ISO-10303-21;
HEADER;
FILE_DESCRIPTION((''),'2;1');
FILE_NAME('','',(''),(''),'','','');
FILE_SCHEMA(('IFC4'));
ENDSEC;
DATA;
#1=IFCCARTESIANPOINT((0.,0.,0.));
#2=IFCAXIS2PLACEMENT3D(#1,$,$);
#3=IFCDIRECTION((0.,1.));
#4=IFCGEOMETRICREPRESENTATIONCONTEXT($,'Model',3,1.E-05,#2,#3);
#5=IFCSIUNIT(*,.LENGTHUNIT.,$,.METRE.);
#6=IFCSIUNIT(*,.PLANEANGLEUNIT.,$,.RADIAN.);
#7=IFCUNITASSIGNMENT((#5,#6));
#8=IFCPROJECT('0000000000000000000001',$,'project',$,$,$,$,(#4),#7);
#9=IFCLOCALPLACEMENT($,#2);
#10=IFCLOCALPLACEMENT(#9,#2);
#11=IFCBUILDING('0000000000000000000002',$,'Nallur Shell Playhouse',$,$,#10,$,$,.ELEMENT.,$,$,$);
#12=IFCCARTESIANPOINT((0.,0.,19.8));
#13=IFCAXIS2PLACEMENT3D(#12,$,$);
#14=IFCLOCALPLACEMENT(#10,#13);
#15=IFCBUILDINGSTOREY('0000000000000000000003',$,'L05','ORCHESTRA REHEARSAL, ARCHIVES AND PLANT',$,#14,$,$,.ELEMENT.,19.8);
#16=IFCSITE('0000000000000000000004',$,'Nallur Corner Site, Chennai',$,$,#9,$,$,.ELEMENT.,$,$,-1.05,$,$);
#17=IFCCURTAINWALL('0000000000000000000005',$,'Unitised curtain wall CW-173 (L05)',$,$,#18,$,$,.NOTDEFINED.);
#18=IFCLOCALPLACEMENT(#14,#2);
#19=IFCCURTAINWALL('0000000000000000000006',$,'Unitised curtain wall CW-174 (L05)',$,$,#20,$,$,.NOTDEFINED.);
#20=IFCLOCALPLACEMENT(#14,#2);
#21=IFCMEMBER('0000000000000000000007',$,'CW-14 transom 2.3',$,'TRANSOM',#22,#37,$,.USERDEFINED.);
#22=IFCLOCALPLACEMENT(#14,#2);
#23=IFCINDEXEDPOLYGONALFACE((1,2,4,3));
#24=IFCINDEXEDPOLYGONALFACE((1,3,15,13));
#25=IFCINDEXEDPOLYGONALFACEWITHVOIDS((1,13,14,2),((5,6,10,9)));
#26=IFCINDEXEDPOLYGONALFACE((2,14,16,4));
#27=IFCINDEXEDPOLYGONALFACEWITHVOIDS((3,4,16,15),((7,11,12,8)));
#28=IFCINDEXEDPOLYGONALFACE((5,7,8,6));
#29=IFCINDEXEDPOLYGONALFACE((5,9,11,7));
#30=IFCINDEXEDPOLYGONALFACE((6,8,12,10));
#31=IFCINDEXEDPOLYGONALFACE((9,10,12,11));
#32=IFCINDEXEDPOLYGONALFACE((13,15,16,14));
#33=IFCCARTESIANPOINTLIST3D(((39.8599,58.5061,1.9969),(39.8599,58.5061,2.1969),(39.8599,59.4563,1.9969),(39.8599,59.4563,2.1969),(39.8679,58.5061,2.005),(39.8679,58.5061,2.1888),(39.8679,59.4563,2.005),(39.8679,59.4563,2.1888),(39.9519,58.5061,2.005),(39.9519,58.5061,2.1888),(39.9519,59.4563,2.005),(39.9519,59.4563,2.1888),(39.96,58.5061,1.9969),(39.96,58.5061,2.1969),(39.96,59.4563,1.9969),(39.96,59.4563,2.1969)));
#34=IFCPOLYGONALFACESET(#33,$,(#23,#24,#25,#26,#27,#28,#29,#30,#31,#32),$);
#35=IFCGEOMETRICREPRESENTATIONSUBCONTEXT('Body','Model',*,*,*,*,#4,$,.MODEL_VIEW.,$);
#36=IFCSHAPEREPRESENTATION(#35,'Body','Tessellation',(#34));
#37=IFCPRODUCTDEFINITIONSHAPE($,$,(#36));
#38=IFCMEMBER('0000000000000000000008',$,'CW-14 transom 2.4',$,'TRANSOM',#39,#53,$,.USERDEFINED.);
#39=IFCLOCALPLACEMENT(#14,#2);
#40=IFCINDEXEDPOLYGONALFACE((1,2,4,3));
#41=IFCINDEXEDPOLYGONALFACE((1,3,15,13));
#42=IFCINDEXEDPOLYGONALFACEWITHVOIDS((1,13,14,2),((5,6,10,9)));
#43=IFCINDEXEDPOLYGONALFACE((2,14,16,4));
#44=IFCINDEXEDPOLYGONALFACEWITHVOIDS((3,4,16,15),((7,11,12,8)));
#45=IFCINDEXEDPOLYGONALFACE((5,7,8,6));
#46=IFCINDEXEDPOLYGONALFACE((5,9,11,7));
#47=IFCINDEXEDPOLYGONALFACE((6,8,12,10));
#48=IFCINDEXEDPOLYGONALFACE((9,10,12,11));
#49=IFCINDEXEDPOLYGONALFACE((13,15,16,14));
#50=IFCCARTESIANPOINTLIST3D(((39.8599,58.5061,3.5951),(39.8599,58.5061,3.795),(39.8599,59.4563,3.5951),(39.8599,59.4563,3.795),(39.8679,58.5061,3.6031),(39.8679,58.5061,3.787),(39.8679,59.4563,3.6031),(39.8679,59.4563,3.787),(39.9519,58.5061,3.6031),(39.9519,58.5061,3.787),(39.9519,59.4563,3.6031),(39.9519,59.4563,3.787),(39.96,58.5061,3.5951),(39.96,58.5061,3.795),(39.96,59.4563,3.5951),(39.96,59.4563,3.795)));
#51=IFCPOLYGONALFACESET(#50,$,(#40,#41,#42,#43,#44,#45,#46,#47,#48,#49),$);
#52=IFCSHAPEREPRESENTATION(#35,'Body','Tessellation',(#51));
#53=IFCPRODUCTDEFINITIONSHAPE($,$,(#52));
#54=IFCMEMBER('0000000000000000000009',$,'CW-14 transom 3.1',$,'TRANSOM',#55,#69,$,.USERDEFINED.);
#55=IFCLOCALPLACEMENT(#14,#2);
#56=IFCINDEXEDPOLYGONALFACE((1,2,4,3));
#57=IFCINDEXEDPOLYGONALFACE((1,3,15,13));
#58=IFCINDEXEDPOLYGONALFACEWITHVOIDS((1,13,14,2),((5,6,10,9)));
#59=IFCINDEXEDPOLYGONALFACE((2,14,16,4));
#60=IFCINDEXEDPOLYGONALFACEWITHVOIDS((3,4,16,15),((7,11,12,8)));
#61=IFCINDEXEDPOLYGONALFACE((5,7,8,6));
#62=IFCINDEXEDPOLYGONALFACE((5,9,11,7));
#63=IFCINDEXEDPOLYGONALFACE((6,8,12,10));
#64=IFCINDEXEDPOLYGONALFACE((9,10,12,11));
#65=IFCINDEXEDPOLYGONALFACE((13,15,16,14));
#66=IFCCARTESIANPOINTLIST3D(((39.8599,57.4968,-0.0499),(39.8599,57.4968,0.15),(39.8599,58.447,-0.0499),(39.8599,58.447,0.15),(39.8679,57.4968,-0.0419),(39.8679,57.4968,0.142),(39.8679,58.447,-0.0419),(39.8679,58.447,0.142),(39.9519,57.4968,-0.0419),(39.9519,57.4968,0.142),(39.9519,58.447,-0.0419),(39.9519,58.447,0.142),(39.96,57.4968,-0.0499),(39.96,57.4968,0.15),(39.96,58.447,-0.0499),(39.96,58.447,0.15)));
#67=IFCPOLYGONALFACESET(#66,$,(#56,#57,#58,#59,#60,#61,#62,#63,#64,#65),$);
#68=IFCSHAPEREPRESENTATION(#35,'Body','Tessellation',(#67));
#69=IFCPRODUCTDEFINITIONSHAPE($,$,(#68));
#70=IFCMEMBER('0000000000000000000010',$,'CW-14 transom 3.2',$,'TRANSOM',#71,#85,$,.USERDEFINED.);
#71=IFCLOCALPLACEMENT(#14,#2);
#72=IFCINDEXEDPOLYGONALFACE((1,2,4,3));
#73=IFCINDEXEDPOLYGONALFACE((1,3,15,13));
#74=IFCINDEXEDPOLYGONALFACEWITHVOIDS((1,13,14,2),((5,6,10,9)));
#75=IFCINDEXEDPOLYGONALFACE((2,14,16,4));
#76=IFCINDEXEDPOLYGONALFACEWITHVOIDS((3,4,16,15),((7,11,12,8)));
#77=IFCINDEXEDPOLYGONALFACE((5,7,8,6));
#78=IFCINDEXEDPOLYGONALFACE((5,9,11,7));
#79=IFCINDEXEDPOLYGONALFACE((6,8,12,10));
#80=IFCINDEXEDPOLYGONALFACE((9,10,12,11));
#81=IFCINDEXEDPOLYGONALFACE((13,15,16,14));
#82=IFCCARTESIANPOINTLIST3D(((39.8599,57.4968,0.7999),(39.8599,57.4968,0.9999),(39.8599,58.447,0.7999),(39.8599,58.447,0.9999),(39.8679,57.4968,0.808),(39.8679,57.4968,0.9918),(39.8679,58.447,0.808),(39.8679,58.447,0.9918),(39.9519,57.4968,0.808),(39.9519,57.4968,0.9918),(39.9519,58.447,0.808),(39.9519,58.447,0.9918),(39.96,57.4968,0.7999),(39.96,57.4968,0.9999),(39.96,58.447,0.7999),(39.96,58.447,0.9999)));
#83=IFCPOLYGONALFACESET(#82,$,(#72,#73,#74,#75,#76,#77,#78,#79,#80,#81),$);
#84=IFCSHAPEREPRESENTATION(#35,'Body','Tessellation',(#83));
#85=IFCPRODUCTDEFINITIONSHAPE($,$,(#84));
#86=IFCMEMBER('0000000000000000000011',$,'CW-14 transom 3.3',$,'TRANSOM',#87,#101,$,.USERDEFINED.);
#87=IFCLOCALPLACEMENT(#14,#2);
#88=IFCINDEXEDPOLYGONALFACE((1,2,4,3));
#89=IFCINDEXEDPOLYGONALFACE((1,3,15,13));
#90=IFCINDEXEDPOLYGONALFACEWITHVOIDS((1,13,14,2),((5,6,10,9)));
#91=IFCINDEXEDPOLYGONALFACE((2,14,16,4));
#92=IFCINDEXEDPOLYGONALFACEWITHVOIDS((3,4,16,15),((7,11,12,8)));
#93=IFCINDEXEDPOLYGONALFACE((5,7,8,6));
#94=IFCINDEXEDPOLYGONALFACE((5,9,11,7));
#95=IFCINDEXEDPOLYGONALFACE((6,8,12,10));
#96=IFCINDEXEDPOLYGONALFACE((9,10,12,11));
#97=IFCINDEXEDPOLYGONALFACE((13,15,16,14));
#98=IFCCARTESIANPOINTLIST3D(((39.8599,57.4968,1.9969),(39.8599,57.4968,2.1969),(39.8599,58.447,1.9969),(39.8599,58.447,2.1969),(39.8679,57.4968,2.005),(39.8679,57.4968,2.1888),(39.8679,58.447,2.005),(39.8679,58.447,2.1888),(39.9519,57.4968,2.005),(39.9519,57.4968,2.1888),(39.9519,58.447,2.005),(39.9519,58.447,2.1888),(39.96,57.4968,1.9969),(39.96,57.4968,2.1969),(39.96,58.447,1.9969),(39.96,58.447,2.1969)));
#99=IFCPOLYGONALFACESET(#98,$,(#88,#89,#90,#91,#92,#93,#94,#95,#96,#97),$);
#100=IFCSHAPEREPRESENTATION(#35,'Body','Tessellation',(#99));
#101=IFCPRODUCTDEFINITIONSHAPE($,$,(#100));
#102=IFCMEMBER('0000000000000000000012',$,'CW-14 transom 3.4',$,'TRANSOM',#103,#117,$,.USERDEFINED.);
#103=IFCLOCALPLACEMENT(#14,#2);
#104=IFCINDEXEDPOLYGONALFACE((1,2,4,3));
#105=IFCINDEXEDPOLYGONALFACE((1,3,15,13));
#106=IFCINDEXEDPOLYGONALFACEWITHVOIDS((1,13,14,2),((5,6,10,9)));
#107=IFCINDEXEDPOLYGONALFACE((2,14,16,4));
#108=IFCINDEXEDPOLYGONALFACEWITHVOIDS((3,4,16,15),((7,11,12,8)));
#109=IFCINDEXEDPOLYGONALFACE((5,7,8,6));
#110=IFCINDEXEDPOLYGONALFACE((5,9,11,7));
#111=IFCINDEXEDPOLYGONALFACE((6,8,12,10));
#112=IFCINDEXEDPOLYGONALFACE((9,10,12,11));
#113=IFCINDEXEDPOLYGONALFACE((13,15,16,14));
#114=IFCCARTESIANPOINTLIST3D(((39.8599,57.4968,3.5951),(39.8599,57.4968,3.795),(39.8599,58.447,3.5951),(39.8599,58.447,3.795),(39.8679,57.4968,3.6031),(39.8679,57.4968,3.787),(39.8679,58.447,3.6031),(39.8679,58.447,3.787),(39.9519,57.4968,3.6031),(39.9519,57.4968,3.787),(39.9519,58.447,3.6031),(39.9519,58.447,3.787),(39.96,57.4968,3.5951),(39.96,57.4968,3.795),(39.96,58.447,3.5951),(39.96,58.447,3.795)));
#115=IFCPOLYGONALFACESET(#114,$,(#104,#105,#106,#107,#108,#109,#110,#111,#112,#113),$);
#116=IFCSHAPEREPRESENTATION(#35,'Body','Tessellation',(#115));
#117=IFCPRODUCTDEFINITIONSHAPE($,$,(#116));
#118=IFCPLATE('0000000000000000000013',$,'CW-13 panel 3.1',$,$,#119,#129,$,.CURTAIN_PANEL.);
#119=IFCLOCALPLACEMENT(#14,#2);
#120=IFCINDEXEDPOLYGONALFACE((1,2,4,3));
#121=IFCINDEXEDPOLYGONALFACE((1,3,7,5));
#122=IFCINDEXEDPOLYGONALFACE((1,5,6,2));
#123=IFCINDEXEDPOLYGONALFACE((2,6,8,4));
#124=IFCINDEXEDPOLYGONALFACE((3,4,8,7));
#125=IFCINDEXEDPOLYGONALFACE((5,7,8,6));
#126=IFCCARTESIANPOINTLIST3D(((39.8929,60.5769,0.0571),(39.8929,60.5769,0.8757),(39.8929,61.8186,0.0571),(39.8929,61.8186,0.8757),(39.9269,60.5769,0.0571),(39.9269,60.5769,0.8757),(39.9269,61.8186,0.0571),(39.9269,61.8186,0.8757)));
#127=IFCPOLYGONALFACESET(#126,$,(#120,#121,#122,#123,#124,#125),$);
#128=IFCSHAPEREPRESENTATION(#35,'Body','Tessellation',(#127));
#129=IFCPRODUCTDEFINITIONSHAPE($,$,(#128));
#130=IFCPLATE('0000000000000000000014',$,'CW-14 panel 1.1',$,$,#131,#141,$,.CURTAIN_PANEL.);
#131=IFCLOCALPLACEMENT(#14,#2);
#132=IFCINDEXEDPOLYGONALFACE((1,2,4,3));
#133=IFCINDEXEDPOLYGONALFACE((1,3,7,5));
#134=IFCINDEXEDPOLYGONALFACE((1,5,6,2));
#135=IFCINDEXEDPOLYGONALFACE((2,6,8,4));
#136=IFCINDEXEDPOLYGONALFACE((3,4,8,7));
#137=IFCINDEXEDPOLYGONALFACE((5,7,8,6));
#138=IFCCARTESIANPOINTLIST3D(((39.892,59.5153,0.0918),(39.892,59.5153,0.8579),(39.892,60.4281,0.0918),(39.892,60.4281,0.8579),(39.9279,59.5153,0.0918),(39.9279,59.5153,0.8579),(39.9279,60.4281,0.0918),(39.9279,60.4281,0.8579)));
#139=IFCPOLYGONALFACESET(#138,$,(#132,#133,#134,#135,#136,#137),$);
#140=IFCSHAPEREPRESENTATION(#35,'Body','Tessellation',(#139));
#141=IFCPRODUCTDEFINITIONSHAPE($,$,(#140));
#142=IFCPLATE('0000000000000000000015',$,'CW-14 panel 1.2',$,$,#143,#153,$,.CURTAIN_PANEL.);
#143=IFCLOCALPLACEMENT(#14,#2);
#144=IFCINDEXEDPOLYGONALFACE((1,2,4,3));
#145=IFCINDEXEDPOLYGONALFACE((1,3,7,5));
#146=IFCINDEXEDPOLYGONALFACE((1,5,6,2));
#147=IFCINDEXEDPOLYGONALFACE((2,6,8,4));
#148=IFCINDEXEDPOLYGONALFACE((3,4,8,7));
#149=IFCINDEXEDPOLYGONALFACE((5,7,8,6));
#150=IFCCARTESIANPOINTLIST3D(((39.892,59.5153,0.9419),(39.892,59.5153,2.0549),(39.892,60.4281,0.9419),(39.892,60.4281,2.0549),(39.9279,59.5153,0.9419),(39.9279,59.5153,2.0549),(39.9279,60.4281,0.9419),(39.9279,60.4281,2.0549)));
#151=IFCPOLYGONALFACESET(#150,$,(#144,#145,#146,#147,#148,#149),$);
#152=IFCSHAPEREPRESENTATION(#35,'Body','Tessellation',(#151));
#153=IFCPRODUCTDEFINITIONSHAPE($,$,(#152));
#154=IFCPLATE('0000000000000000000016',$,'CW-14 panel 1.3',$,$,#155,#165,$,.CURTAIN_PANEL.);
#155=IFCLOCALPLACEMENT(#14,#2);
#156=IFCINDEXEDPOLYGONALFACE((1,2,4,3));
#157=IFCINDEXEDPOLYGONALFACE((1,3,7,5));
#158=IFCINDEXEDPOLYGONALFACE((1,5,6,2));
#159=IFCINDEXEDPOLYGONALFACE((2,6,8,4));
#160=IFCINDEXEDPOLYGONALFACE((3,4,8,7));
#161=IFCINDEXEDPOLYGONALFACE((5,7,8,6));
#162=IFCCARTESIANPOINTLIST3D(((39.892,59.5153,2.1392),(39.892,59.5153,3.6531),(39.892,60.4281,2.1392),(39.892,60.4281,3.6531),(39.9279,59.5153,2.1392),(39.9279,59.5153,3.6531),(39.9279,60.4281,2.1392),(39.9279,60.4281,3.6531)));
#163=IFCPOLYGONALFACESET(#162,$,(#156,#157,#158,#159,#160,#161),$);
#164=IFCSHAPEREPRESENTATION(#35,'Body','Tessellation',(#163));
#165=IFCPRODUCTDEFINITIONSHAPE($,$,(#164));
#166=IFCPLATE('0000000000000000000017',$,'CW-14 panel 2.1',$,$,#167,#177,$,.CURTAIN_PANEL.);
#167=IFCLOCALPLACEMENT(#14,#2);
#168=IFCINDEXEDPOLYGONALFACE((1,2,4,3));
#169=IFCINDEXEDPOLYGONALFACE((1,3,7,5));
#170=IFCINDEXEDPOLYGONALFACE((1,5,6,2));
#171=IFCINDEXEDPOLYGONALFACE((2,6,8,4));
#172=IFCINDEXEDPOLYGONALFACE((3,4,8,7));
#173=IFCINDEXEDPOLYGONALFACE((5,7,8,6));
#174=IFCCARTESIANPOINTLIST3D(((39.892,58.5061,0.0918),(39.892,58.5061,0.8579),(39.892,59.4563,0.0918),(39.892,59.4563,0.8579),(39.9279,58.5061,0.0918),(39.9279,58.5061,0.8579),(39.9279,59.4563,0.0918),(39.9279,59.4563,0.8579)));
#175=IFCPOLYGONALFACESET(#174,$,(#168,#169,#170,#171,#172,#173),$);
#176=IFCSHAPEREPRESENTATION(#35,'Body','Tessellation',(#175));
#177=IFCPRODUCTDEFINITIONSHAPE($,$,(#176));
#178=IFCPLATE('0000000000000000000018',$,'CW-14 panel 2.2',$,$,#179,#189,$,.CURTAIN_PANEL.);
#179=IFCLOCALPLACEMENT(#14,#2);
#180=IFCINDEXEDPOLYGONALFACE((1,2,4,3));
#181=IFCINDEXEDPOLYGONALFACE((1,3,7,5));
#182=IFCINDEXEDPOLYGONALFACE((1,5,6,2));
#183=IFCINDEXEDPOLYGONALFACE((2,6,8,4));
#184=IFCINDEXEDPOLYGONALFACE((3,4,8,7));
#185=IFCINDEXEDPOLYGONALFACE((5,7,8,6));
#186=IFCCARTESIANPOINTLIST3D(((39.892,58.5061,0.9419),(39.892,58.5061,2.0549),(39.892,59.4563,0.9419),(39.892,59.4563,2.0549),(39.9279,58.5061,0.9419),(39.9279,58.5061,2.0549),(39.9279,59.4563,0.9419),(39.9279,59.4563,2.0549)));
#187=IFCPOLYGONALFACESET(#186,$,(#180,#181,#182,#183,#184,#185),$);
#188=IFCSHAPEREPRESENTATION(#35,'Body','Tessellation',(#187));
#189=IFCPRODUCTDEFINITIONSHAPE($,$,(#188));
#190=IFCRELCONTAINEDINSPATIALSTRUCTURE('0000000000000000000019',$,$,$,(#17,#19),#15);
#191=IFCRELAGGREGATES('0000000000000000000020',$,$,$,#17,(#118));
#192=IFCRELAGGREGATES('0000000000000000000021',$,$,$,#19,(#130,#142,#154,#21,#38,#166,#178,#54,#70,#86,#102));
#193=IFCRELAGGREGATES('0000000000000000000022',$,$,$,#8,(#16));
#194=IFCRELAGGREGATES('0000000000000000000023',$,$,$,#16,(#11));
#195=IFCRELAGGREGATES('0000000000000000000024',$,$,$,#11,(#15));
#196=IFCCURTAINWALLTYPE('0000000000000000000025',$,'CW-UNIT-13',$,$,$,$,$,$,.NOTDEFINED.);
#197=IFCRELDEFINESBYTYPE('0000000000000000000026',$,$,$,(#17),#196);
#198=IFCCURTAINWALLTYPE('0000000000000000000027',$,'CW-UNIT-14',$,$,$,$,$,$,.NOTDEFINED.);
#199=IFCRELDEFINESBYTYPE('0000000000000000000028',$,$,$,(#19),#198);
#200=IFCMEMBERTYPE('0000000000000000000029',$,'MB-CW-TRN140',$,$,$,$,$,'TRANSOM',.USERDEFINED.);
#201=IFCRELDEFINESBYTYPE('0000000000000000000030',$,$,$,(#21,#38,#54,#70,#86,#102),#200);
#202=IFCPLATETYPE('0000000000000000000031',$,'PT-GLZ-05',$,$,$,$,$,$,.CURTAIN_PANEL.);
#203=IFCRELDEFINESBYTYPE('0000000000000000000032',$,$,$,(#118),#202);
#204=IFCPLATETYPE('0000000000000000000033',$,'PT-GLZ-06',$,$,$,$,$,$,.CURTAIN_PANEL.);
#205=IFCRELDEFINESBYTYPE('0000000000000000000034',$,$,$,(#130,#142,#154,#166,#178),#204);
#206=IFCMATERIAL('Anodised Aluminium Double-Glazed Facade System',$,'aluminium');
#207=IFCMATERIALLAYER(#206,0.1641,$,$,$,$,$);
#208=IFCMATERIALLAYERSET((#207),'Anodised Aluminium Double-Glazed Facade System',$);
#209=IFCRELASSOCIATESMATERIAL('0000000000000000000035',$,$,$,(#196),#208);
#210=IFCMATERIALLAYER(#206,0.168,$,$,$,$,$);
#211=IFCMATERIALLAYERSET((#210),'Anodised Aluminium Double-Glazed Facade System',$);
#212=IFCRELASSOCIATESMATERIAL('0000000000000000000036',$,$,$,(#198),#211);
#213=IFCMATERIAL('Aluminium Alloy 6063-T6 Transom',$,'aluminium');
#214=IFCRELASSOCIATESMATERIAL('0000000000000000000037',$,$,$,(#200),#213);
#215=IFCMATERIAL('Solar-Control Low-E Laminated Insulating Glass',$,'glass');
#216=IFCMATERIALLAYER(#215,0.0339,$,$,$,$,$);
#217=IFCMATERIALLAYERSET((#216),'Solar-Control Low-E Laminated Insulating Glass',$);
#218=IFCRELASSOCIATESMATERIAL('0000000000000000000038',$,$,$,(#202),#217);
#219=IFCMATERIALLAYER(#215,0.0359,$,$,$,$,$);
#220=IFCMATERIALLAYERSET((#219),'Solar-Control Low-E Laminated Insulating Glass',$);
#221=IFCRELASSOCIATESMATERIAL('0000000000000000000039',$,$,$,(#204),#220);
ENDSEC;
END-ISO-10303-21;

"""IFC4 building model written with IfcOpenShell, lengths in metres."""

from ifc_helpers import new_model, si_unit, direction, frame, origin, origin_2d, place, context, subcontext, project, spatial, rectangle, hollow_rectangle, extrude, material, layer, layer_set, material_profile, profile_set, type_object, element, aggregate, save


model = new_model("IFC4")

# Units and contexts
model_context = context("Model", 3, precision=1e-05, world=origin(), true_north=direction((0.0, 1.0)))
body_context = subcontext(model_context, "Body", "Model", "MODEL_VIEW")
ifc_project = project(units=[si_unit("LENGTHUNIT", "METRE"), si_unit("PLANEANGLEUNIT", "RADIAN")], contexts=[model_context])

# Site, building, storey
site_placement = place(None, origin())
site = spatial("IfcSite", under=ifc_project, at=site_placement, Name="Nallur Corner Site, Chennai", CompositionType="ELEMENT", RefElevation=-1.05)
building_placement = place(site_placement, origin())
building = spatial("IfcBuilding", under=site, at=building_placement, Name="Nallur Shell Playhouse", CompositionType="ELEMENT")
storey_placement = place(building_placement, frame((0.0, 0.0, 19.8)))
storey = spatial("IfcBuildingStorey", under=building, at=storey_placement, Name="L05", Description="ORCHESTRA REHEARSAL, ARCHIVES AND PLANT", CompositionType="ELEMENT", Elevation=19.8)

# Curtain wall
ifc_material_1 = material(Name="Anodised Aluminium Double-Glazed Facade System", Category="aluminium")
ifc_layer_1 = layer(ifc_material_1, 0.1641)
ifc_layer_set_1 = layer_set([ifc_layer_1], Name="Anodised Aluminium Double-Glazed Facade System")
curtain_wall_type_1 = type_object("IfcCurtainWallType", Name="CW-UNIT-13", PredefinedType="NOTDEFINED", material=ifc_layer_set_1)
curtain_wall_1_placement = place(storey_placement, origin())
curtain_wall_1 = element("IfcCurtainWall", 1, at=curtain_wall_1_placement, inside=storey, type_object=curtain_wall_type_1, Name="Unitised curtain wall CW-173 (L05)", PredefinedType="NOTDEFINED")

# Curtain wall, members
ifc_layer_2 = layer(ifc_material_1, 0.168)
ifc_layer_set_2 = layer_set([ifc_layer_2], Name="Anodised Aluminium Double-Glazed Facade System")
curtain_wall_type_2 = type_object("IfcCurtainWallType", Name="CW-UNIT-14", PredefinedType="NOTDEFINED", material=ifc_layer_set_2)
curtain_wall_2_placement = place(storey_placement, origin())
curtain_wall_2 = element("IfcCurtainWall", 2, at=curtain_wall_2_placement, inside=storey, type_object=curtain_wall_type_2, Name="Unitised curtain wall CW-174 (L05)", PredefinedType="NOTDEFINED")
ifc_material_2 = material(Name="Aluminium Alloy 6063-T6 Transom", Category="aluminium")
ifc_material_profile_1 = material_profile(ifc_material_2, hollow_rectangle(XDim=0.1001, YDim=0.2, WallThickness=0.0081, at=origin_2d()), Name="RHS 200x100x8")
ifc_profile_set_1 = profile_set([ifc_material_profile_1], Name="Aluminium Alloy 6063-T6 Transom")
member_type_1 = type_object("IfcMemberType", Name="MB-CW-TRN140", ElementType="TRANSOM", PredefinedType="USERDEFINED", material=ifc_profile_set_1)
member_1_placement = place(storey_placement, frame((39.9099, 59.4563, 2.0969), z_axis=(0.0, -1.0, 0.0), x_axis=(1.0, 0.0, 0.0)))
member_1 = element("IfcMember", 3, at=member_1_placement, type_object=member_type_1, Name="CW-14 transom 2.3", ObjectType="TRANSOM", PredefinedType="USERDEFINED", context=body_context, shape_type="SweptSolid", body=[
    extrude(hollow_rectangle(XDim=0.1001, YDim=0.2, WallThickness=0.0081, at=origin_2d()), origin(), (0.0, 0.0, 1.0), 0.9502),
])
member_2_placement = place(storey_placement, frame((39.9099, 59.4563, 3.6951), z_axis=(0.0, -1.0, 0.0), x_axis=(1.0, 0.0, 0.0)))
member_2 = element("IfcMember", 4, at=member_2_placement, type_object=member_type_1, Name="CW-14 transom 2.4", ObjectType="TRANSOM", PredefinedType="USERDEFINED", context=body_context, shape_type="SweptSolid", body=[
    extrude(hollow_rectangle(XDim=0.1001, YDim=0.2, WallThickness=0.0081, at=origin_2d()), origin(), (0.0, 0.0, 1.0), 0.9502),
])
member_3_placement = place(storey_placement, frame((39.9099, 58.447, 0.05), z_axis=(0.0, -1.0, 0.0), x_axis=(1.0, 0.0, 0.0)))
member_3 = element("IfcMember", 5, at=member_3_placement, type_object=member_type_1, Name="CW-14 transom 3.1", ObjectType="TRANSOM", PredefinedType="USERDEFINED", context=body_context, shape_type="SweptSolid", body=[
    extrude(hollow_rectangle(XDim=0.1001, YDim=0.2, WallThickness=0.0081, at=origin_2d()), origin(), (0.0, 0.0, 1.0), 0.9502),
])
member_4_placement = place(storey_placement, frame((39.9099, 58.447, 0.8999), z_axis=(0.0, -1.0, 0.0), x_axis=(1.0, 0.0, 0.0)))
member_4 = element("IfcMember", 6, at=member_4_placement, type_object=member_type_1, Name="CW-14 transom 3.2", ObjectType="TRANSOM", PredefinedType="USERDEFINED", context=body_context, shape_type="SweptSolid", body=[
    extrude(hollow_rectangle(XDim=0.1001, YDim=0.2, WallThickness=0.0081, at=origin_2d()), origin(), (0.0, 0.0, 1.0), 0.9502),
])
member_5_placement = place(storey_placement, frame((39.9099, 58.447, 2.0969), z_axis=(0.0, -1.0, 0.0), x_axis=(1.0, 0.0, 0.0)))
member_5 = element("IfcMember", 7, at=member_5_placement, type_object=member_type_1, Name="CW-14 transom 3.3", ObjectType="TRANSOM", PredefinedType="USERDEFINED", context=body_context, shape_type="SweptSolid", body=[
    extrude(hollow_rectangle(XDim=0.1001, YDim=0.2, WallThickness=0.0081, at=origin_2d()), origin(), (0.0, 0.0, 1.0), 0.9502),
])
member_6_placement = place(storey_placement, frame((39.9099, 58.447, 3.6951), z_axis=(0.0, -1.0, 0.0), x_axis=(1.0, 0.0, 0.0)))
member_6 = element("IfcMember", 8, at=member_6_placement, type_object=member_type_1, Name="CW-14 transom 3.4", ObjectType="TRANSOM", PredefinedType="USERDEFINED", context=body_context, shape_type="SweptSolid", body=[
    extrude(hollow_rectangle(XDim=0.1001, YDim=0.2, WallThickness=0.0081, at=origin_2d()), origin(), (0.0, 0.0, 1.0), 0.9502),
])

# Plates
ifc_material_3 = material(Name="Solar-Control Low-E Laminated Insulating Glass", Category="glass")
ifc_layer_3 = layer(ifc_material_3, 0.0339)
ifc_layer_set_3 = layer_set([ifc_layer_3], Name="Solar-Control Low-E Laminated Insulating Glass")
plate_type_1 = type_object("IfcPlateType", Name="PT-GLZ-05", PredefinedType="CURTAIN_PANEL", material=ifc_layer_set_3)
plate_1_placement = place(storey_placement, frame((39.9099, 61.1978, 0.0571), z_axis=(0.0, 0.0, 1.0), x_axis=(0.0, -1.0, 0.0)))
plate_1 = element("IfcPlate", 9, at=plate_1_placement, type_object=plate_type_1, Name="CW-13 panel 3.1", PredefinedType="CURTAIN_PANEL", context=body_context, shape_type="SweptSolid", body=[
    extrude(rectangle(XDim=1.2417, YDim=0.0339, at=origin_2d()), origin(), (0.0, 0.0, 1.0), 0.8186),
])
aggregate(curtain_wall_1, [plate_1])
ifc_layer_4 = layer(ifc_material_3, 0.0359)
ifc_layer_set_4 = layer_set([ifc_layer_4], Name="Solar-Control Low-E Laminated Insulating Glass")
plate_type_2 = type_object("IfcPlateType", Name="PT-GLZ-06", PredefinedType="CURTAIN_PANEL", material=ifc_layer_set_4)
plate_2_placement = place(storey_placement, frame((39.9099, 59.9717, 0.0918), z_axis=(0.0, 0.0, 1.0), x_axis=(0.0, -1.0, 0.0)))
plate_2 = element("IfcPlate", 10, at=plate_2_placement, type_object=plate_type_2, Name="CW-14 panel 1.1", PredefinedType="CURTAIN_PANEL", context=body_context, shape_type="SweptSolid", body=[
    extrude(rectangle(XDim=0.9128, YDim=0.0359, at=origin_2d()), origin(), (0.0, 0.0, 1.0), 0.7661),
])
plate_3_placement = place(storey_placement, frame((39.9099, 59.9717, 0.9419), z_axis=(0.0, 0.0, 1.0), x_axis=(0.0, -1.0, 0.0)))
plate_3 = element("IfcPlate", 11, at=plate_3_placement, type_object=plate_type_2, Name="CW-14 panel 1.2", PredefinedType="CURTAIN_PANEL", context=body_context, shape_type="SweptSolid", body=[
    extrude(rectangle(XDim=0.9128, YDim=0.0359, at=origin_2d()), origin(), (0.0, 0.0, 1.0), 1.113),
])
plate_4_placement = place(storey_placement, frame((39.9099, 59.9717, 2.1392), z_axis=(0.0, 0.0, 1.0), x_axis=(0.0, -1.0, 0.0)))
plate_4 = element("IfcPlate", 12, at=plate_4_placement, type_object=plate_type_2, Name="CW-14 panel 1.3", PredefinedType="CURTAIN_PANEL", context=body_context, shape_type="SweptSolid", body=[
    extrude(rectangle(XDim=0.9128, YDim=0.0359, at=origin_2d()), origin(), (0.0, 0.0, 1.0), 1.5139),
])
plate_5_placement = place(storey_placement, frame((39.9099, 58.9812, 0.0918), z_axis=(0.0, 0.0, 1.0), x_axis=(0.0, -1.0, 0.0)))
plate_5 = element("IfcPlate", 13, at=plate_5_placement, type_object=plate_type_2, Name="CW-14 panel 2.1", PredefinedType="CURTAIN_PANEL", context=body_context, shape_type="SweptSolid", body=[
    extrude(rectangle(XDim=0.9502, YDim=0.0359, at=origin_2d()), origin(), (0.0, 0.0, 1.0), 0.7661),
])
plate_6_placement = place(storey_placement, frame((39.9099, 58.9812, 0.9419), z_axis=(0.0, 0.0, 1.0), x_axis=(0.0, -1.0, 0.0)))
plate_6 = element("IfcPlate", 14, at=plate_6_placement, type_object=plate_type_2, Name="CW-14 panel 2.2", PredefinedType="CURTAIN_PANEL", context=body_context, shape_type="SweptSolid", body=[
    extrude(rectangle(XDim=0.9502, YDim=0.0359, at=origin_2d()), origin(), (0.0, 0.0, 1.0), 1.113),
])
aggregate(curtain_wall_2, [plate_2, plate_3, plate_4, member_1, member_2, plate_5, plate_6, member_3, member_4, member_5, member_6])

save(model, "model.ifc")
